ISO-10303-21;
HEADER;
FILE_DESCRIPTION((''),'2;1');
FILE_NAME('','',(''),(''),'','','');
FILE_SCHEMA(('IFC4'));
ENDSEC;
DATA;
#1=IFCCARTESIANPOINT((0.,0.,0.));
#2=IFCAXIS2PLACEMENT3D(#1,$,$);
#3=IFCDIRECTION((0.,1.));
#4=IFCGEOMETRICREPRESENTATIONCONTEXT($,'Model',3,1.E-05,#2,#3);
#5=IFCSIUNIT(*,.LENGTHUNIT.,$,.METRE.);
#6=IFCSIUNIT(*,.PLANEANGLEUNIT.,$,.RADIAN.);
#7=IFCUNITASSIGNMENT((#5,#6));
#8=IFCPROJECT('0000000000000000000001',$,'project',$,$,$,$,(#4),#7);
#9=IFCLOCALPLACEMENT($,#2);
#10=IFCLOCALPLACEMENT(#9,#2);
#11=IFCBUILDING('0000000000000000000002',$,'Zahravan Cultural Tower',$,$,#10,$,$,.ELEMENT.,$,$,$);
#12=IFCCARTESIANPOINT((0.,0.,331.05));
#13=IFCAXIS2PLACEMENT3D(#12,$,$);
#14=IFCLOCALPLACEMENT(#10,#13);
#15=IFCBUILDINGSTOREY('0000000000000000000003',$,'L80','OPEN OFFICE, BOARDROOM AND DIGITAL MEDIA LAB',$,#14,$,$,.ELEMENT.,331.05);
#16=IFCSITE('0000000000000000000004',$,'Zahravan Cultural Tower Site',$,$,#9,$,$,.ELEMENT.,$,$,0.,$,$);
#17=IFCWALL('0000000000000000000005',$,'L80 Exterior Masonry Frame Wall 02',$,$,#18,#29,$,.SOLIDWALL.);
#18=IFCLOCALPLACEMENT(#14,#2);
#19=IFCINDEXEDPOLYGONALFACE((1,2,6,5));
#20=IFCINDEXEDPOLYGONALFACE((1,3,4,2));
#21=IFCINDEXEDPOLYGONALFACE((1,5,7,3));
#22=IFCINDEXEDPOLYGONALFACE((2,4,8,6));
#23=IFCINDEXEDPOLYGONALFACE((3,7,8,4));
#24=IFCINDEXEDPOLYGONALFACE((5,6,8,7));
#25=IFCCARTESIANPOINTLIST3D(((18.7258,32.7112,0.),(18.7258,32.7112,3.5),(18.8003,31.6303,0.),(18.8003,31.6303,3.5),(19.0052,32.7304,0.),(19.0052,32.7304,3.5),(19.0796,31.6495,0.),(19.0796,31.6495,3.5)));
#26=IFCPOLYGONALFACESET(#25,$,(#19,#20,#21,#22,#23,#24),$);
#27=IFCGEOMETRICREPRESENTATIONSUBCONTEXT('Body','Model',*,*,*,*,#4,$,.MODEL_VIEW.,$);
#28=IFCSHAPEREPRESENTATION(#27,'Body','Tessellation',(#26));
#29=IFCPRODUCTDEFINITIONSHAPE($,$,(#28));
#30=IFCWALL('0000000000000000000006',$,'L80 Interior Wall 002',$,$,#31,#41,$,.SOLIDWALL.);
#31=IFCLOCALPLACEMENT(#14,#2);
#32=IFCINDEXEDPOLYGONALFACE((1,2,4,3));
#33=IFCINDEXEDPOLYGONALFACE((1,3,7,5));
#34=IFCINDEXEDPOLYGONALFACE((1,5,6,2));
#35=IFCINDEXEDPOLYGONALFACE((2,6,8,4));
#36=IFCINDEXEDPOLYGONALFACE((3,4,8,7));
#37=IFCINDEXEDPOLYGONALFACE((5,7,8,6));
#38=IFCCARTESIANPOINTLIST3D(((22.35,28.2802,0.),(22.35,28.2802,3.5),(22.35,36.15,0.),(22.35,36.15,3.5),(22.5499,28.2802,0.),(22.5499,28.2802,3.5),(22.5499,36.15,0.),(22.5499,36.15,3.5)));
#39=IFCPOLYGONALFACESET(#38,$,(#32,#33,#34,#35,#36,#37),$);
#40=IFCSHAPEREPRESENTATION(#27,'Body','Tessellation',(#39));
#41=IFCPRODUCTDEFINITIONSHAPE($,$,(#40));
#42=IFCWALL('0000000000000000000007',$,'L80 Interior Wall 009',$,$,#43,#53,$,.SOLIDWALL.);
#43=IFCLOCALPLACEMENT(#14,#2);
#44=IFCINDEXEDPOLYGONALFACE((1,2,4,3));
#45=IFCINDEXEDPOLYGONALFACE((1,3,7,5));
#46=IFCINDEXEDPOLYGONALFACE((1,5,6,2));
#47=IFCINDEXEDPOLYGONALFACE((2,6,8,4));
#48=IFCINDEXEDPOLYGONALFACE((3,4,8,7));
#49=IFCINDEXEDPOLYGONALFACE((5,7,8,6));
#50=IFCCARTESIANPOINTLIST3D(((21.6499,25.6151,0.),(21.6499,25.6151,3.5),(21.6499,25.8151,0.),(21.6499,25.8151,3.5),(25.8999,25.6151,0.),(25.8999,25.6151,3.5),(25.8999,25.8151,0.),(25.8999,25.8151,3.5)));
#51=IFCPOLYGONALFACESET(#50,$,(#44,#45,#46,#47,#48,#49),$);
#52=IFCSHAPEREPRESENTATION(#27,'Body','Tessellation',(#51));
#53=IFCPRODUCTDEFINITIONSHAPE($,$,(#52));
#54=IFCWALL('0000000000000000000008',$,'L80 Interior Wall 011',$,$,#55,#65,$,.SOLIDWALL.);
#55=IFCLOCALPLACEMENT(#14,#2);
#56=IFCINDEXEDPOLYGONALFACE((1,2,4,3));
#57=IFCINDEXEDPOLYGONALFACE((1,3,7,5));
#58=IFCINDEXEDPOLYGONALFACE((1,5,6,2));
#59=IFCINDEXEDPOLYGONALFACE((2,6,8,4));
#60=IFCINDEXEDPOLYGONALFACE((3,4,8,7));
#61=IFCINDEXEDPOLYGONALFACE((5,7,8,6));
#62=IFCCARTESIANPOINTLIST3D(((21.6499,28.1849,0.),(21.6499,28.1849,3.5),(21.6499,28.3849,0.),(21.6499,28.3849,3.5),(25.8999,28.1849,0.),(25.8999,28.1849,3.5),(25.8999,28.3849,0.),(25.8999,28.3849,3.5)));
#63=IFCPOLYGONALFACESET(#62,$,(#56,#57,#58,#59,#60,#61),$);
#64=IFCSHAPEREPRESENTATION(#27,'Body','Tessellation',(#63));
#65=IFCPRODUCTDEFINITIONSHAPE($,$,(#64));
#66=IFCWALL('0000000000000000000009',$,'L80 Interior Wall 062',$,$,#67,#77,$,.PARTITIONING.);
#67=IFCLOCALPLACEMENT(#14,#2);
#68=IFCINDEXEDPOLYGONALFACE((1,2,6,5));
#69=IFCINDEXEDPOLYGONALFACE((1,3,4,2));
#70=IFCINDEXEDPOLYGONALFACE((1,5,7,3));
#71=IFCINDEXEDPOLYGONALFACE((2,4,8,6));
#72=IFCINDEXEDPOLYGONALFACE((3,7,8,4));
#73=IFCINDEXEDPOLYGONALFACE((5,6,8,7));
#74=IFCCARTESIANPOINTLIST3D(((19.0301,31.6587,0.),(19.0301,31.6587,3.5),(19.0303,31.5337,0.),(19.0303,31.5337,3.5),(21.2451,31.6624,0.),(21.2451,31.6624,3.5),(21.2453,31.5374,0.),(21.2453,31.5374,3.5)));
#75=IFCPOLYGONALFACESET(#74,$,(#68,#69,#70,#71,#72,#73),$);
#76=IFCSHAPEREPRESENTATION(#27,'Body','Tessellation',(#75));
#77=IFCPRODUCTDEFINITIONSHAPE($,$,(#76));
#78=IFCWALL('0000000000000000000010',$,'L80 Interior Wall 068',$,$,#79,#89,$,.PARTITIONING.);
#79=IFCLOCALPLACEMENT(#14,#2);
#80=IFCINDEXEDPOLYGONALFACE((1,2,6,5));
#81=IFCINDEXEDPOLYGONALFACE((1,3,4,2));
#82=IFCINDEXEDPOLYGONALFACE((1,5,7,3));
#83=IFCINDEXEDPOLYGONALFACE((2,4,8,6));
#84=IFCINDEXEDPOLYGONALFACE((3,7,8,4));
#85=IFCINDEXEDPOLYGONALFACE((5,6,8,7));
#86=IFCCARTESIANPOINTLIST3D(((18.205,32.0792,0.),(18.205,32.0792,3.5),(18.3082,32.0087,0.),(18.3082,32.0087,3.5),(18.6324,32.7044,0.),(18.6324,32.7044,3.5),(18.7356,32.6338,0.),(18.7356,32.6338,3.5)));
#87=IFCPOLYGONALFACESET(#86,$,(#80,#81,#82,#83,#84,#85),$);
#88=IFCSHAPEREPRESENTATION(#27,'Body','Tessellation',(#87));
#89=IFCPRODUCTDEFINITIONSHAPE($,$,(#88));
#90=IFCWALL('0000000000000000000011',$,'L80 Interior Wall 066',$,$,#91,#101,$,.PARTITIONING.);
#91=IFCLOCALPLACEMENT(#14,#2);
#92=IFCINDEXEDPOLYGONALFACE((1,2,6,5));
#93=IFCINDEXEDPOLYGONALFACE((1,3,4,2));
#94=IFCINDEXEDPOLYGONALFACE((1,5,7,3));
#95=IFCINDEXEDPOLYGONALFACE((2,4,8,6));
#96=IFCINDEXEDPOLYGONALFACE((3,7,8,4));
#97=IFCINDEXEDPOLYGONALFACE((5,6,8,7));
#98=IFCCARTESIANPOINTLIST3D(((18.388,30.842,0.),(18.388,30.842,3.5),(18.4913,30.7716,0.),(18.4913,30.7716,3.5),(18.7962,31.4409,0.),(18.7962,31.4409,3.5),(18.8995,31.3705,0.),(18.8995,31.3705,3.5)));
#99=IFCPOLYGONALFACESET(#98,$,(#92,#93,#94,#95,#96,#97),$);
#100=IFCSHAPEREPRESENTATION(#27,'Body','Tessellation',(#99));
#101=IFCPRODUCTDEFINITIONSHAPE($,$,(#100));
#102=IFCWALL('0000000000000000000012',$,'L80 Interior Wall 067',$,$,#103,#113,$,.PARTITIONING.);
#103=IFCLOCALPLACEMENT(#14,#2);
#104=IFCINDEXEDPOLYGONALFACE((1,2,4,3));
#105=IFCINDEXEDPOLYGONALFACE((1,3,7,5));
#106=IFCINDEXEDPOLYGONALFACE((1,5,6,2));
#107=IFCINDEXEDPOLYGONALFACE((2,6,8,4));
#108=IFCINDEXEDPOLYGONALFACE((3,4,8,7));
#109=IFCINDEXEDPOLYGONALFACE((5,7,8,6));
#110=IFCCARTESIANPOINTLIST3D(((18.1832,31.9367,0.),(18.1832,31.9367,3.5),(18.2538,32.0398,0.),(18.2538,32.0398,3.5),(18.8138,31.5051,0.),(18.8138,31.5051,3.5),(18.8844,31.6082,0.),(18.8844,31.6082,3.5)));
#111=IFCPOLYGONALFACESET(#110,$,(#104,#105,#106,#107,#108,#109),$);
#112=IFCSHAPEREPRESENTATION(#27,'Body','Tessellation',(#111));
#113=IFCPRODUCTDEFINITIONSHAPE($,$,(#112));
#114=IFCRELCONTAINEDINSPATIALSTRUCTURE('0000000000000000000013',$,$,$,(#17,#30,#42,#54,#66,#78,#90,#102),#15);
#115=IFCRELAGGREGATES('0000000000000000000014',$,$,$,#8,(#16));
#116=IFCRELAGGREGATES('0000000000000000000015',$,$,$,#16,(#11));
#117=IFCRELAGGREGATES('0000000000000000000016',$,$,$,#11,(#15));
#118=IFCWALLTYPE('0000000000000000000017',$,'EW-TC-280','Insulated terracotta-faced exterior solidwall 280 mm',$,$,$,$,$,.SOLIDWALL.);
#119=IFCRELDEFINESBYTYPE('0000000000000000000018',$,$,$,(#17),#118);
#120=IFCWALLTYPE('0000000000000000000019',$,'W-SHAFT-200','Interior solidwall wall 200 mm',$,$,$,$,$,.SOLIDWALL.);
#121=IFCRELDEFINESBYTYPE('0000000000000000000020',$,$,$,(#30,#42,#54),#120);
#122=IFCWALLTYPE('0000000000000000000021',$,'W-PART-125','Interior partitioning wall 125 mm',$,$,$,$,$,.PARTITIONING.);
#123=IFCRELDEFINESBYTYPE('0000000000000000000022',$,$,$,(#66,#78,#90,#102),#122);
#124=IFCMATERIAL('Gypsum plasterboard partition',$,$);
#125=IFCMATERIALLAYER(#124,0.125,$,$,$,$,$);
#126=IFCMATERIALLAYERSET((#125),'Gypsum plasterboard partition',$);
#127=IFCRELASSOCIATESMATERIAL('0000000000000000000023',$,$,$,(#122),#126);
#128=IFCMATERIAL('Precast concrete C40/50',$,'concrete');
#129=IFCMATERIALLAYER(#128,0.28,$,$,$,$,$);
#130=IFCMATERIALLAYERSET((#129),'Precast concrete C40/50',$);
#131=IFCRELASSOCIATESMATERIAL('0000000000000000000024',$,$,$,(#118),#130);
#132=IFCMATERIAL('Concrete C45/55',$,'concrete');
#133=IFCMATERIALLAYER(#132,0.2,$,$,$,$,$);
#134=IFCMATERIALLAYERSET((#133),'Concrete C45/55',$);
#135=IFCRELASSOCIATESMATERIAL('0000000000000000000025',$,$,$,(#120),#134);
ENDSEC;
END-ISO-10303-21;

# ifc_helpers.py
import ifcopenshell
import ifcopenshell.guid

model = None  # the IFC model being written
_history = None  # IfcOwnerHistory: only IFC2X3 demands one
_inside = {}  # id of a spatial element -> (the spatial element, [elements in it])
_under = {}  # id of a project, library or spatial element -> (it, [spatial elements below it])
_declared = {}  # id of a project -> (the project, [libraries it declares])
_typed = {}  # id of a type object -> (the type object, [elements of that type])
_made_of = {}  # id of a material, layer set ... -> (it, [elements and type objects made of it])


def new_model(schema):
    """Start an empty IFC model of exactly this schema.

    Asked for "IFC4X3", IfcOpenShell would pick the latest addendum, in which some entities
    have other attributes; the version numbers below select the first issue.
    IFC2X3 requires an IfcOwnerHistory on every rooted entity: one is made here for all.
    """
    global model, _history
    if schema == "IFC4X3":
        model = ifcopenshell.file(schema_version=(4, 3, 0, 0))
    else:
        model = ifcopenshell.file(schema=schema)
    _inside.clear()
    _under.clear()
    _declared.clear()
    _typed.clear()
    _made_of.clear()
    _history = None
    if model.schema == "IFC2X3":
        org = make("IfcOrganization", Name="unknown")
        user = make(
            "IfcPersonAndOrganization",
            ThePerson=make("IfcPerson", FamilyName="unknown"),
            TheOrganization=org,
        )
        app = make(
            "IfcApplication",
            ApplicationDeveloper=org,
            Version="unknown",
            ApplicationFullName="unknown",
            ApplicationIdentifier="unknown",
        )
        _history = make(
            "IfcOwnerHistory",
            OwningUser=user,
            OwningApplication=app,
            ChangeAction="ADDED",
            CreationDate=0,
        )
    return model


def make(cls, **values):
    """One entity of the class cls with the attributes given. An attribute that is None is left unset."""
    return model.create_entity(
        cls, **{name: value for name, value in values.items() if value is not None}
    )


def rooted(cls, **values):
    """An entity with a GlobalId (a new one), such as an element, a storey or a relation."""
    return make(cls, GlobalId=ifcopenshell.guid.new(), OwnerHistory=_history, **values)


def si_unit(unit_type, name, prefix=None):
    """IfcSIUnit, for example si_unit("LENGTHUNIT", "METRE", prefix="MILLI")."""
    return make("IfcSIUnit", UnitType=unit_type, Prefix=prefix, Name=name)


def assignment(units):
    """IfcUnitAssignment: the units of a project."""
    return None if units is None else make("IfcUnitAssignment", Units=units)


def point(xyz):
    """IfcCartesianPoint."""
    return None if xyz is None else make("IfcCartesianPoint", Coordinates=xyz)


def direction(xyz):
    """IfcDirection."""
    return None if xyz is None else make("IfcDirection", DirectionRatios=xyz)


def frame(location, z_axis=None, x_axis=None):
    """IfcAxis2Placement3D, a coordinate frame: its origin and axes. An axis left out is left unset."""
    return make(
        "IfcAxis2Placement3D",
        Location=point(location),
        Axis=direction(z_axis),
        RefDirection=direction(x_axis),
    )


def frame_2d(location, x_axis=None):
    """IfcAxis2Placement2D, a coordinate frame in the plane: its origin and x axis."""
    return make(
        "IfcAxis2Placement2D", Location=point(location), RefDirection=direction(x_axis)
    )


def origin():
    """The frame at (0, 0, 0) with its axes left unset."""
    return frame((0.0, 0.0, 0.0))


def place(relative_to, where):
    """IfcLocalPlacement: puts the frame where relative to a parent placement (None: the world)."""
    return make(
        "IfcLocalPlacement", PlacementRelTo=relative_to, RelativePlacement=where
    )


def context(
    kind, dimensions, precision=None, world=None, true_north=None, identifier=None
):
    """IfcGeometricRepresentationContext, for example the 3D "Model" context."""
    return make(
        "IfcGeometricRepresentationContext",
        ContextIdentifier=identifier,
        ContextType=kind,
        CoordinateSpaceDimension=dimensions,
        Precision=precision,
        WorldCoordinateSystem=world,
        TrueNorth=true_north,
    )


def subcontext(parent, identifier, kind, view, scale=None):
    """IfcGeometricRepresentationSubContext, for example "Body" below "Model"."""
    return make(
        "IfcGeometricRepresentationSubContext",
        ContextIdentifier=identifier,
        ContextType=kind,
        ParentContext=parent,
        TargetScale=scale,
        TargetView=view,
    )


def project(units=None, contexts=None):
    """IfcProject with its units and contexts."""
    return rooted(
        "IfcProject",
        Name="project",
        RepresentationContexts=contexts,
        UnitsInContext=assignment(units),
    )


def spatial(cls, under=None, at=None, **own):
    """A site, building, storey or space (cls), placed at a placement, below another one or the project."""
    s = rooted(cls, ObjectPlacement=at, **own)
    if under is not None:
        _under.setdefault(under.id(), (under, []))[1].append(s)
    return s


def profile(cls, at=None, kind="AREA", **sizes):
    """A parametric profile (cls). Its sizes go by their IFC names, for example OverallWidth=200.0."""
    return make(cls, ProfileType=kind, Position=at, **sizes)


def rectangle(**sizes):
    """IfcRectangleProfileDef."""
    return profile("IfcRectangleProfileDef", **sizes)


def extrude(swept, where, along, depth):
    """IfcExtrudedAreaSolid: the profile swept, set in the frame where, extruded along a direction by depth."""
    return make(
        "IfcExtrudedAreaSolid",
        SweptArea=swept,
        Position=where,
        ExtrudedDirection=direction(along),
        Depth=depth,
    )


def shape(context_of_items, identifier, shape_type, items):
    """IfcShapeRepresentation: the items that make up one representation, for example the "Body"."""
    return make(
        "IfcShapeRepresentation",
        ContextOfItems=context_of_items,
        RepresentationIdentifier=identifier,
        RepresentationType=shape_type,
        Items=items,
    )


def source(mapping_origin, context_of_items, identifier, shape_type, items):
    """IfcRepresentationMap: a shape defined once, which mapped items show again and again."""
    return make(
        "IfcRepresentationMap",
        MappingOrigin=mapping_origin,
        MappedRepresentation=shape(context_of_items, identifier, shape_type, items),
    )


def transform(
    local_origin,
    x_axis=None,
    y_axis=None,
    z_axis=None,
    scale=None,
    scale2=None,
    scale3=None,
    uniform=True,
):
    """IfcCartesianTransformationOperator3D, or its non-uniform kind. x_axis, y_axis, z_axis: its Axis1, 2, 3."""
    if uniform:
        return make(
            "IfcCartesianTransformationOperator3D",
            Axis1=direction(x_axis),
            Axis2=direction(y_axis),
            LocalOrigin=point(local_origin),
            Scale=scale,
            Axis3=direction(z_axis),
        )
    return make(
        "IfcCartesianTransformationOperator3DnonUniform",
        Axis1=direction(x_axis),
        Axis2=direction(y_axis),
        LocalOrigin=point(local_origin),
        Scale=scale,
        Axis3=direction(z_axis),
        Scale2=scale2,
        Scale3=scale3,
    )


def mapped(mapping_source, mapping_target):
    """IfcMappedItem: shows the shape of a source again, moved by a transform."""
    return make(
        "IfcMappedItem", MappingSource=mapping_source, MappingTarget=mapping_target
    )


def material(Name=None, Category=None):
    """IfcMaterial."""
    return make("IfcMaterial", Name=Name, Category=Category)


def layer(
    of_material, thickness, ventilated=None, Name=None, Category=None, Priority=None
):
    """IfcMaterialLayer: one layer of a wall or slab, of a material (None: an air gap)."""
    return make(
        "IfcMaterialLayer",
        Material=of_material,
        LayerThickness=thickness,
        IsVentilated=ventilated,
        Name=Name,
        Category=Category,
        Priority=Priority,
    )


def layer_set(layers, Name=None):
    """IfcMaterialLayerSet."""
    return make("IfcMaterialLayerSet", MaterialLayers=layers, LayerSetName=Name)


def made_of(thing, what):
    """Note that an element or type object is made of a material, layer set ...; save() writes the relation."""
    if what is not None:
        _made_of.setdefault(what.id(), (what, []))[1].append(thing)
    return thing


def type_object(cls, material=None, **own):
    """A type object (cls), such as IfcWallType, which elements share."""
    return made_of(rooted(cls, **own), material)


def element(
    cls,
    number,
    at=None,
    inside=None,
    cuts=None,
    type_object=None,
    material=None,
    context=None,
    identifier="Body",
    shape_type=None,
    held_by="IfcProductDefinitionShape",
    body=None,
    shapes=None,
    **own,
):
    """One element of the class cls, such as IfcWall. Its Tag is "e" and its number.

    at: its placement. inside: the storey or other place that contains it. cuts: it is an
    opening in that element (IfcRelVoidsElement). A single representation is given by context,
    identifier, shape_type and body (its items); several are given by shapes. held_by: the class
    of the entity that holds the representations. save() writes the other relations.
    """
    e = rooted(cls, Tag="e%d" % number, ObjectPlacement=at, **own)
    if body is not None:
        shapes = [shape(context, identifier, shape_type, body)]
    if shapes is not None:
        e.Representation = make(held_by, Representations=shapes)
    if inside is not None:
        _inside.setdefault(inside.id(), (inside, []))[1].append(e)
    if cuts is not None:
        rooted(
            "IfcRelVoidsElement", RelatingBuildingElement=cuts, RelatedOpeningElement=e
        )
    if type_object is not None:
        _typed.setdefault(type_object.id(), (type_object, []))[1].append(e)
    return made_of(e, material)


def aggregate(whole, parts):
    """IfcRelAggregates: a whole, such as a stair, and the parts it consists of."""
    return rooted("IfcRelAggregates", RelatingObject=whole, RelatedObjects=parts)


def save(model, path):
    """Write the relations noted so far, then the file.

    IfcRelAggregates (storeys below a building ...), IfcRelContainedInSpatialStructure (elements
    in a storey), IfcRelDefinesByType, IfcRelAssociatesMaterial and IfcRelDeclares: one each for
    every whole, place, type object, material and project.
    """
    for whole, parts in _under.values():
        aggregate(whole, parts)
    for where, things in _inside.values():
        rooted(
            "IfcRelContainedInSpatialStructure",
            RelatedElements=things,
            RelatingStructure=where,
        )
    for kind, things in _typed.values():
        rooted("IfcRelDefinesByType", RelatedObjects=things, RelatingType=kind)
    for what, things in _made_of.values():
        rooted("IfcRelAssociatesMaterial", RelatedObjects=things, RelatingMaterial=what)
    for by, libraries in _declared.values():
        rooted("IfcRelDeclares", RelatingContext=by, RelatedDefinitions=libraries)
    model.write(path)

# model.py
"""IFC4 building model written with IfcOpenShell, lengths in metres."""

from ifc_helpers import new_model, si_unit, direction, frame, frame_2d, origin, place, context, subcontext, project, spatial, rectangle, extrude, source, transform, mapped, material, layer, layer_set, type_object, element, save


model = new_model("IFC4")

# Units and contexts
model_context = context("Model", 3, precision=1e-05, world=origin(), true_north=direction((0.0, 1.0)))
body_context = subcontext(model_context, "Body", "Model", "MODEL_VIEW")
ifc_project = project(units=[si_unit("LENGTHUNIT", "METRE"), si_unit("PLANEANGLEUNIT", "RADIAN")], contexts=[model_context])

# Site, building, storey
site_placement = place(None, origin())
site = spatial("IfcSite", under=ifc_project, at=site_placement, Name="Zahravan Cultural Tower Site", CompositionType="ELEMENT", RefElevation=0.0)
building_placement = place(site_placement, origin())
building = spatial("IfcBuilding", under=site, at=building_placement, Name="Zahravan Cultural Tower", CompositionType="ELEMENT")
storey_placement = place(building_placement, frame((0.0, 0.0, 331.05)))
storey = spatial("IfcBuildingStorey", under=building, at=storey_placement, Name="L80", Description="OPEN OFFICE, BOARDROOM AND DIGITAL MEDIA LAB", CompositionType="ELEMENT", Elevation=331.05)

# Shared definitions
ifc_material_1 = material(Name="Gypsum plasterboard partition")
ifc_layer_1 = layer(ifc_material_1, 0.125)
ifc_layer_set_1 = layer_set([ifc_layer_1], Name="Gypsum plasterboard partition")
wall_type_1 = type_object("IfcWallType", Name="W-PART-125", Description="Interior partitioning wall 125 mm", PredefinedType="PARTITIONING", material=ifc_layer_set_1)

# Walls
ifc_material_2 = material(Name="Precast concrete C40/50", Category="concrete")
ifc_layer_2 = layer(ifc_material_2, 0.28)
ifc_layer_set_2 = layer_set([ifc_layer_2], Name="Precast concrete C40/50")
wall_type_2 = type_object("IfcWallType", Name="EW-TC-280", Description="Insulated terracotta-faced exterior solidwall 280 mm", PredefinedType="SOLIDWALL", material=ifc_layer_set_2)
shared_shape_1 = source(origin(), body_context, "Body", "SweptSolid", [
    extrude(rectangle(XDim=1.0835, YDim=0.28, at=frame_2d((0.5417, 0.0))), origin(), (0.0, 0.0, 1.0), 3.5),
])
wall_1_placement = place(storey_placement, frame((18.9399, 31.6399, 0.0), z_axis=(0.0, 0.0, 1.0), x_axis=(-0.068717, 0.997636, 0.0)))
element("IfcWall", 1, at=wall_1_placement, inside=storey, type_object=wall_type_2, Name="L80 Exterior Masonry Frame Wall 02", PredefinedType="SOLIDWALL", context=body_context, shape_type="MappedRepresentation", body=[
    mapped(shared_shape_1, transform((0.0, 0.0, 0.0), x_axis=(1.0, 0.0, 0.0), y_axis=(0.0, 1.0, 0.0), z_axis=(0.0, 0.0, 1.0), scale=1.0)),
])
ifc_material_3 = material(Name="Concrete C45/55", Category="concrete")
ifc_layer_3 = layer(ifc_material_3, 0.2)
ifc_layer_set_3 = layer_set([ifc_layer_3], Name="Concrete C45/55")
wall_type_3 = type_object("IfcWallType", Name="W-SHAFT-200", Description="Interior solidwall wall 200 mm", PredefinedType="SOLIDWALL", material=ifc_layer_set_3)
shared_shape_2 = source(origin(), body_context, "Body", "SweptSolid", [
    extrude(rectangle(XDim=7.8699, YDim=0.2, at=frame_2d((3.9351, 0.0))), origin(), (0.0, 0.0, 1.0), 3.5),
])
wall_2_placement = place(storey_placement, frame((22.45, 28.28, 0.0), z_axis=(0.0, 0.0, 1.0), x_axis=(0.0, 1.0, 0.0)))
element("IfcWall", 2, at=wall_2_placement, inside=storey, type_object=wall_type_3, Name="L80 Interior Wall 002", PredefinedType="SOLIDWALL", context=body_context, shape_type="MappedRepresentation", body=[
    mapped(shared_shape_2, transform((0.0, 0.0, 0.0), x_axis=(1.0, 0.0, 0.0), y_axis=(0.0, 1.0, 0.0), z_axis=(0.0, 0.0, 1.0), scale=1.0)),
])
shared_shape_3 = source(origin(), body_context, "Body", "SweptSolid", [
    extrude(rectangle(XDim=4.25, YDim=0.2, at=frame_2d((2.125, 0.0))), origin(), (0.0, 0.0, 1.0), 3.5),
])
for number, where, z_axis, x_axis, name in (
    (3, (21.6499, 25.7151, 0.0), (0.0, 0.0, 1.0), (1.0, 0.0, 0.0), "L80 Interior Wall 009"),
    (4, (21.6499, 28.2849, 0.0), (0.0, 0.0, 1.0), (1.0, 0.0, 0.0), "L80 Interior Wall 011"),
):
    element("IfcWall", number, at=place(storey_placement, frame(where, z_axis=z_axis, x_axis=x_axis)), inside=storey, type_object=wall_type_3, Name=name, PredefinedType="SOLIDWALL", context=body_context, shape_type="MappedRepresentation", body=[
        mapped(shared_shape_3, transform((0.0, 0.0, 0.0), x_axis=(1.0, 0.0, 0.0), y_axis=(0.0, 1.0, 0.0), z_axis=(0.0, 0.0, 1.0), scale=1.0)),
    ])
shared_shape_4 = source(origin(), body_context, "Body", "SweptSolid", [
    extrude(rectangle(XDim=2.2151, YDim=0.125, at=frame_2d((1.1074, 0.0))), origin(), (0.0, 0.0, 1.0), 3.5),
])
wall_3_placement = place(storey_placement, frame((21.2451, 31.5999, 0.0), z_axis=(0.0, 0.0, 1.0), x_axis=(-0.999999, -0.001653, 0.0)))
element("IfcWall", 5, at=wall_3_placement, inside=storey, type_object=wall_type_1, Name="L80 Interior Wall 062", PredefinedType="PARTITIONING", context=body_context, shape_type="MappedRepresentation", body=[
    mapped(shared_shape_4, transform((0.0, 0.0, 0.0), x_axis=(1.0, 0.0, 0.0), y_axis=(0.0, 1.0, 0.0), z_axis=(0.0, 0.0, 1.0), scale=1.0)),
])
shared_shape_5 = source(origin(), body_context, "Body", "SweptSolid", [
    extrude(rectangle(XDim=0.7573, YDim=0.125, at=frame_2d((0.3787, 0.0))), origin(), (0.0, 0.0, 1.0), 3.5),
])
wall_4_placement = place(storey_placement, frame((18.2566, 32.0439, 0.0), z_axis=(0.0, 0.0, 1.0), x_axis=(0.564407, 0.825497, 0.0)))
element("IfcWall", 6, at=wall_4_placement, inside=storey, type_object=wall_type_1, Name="L80 Interior Wall 068", PredefinedType="PARTITIONING", context=body_context, shape_type="MappedRepresentation", body=[
    mapped(shared_shape_5, transform((0.0, 0.0, 0.0), x_axis=(1.0, 0.0, 0.0), y_axis=(0.0, 1.0, 0.0), z_axis=(0.0, 0.0, 1.0), scale=1.0)),
])
shared_shape_6 = source(origin(), body_context, "Body", "SweptSolid", [
    extrude(rectangle(XDim=0.7249, YDim=0.125, at=frame_2d((0.3623, 0.0))), origin(), (0.0, 0.0, 1.0), 3.5),
])
wall_5_placement = place(storey_placement, frame((18.4397, 30.8069, 0.0), z_axis=(0.0, 0.0, 1.0), x_axis=(0.563222, 0.826306, 0.0)))
element("IfcWall", 7, at=wall_5_placement, inside=storey, type_object=wall_type_1, Name="L80 Interior Wall 066", PredefinedType="PARTITIONING", context=body_context, shape_type="MappedRepresentation", body=[
    mapped(shared_shape_6, transform((0.0, 0.0, 0.0), x_axis=(1.0, 0.0, 0.0), y_axis=(0.0, 1.0, 0.0), z_axis=(0.0, 0.0, 1.0), scale=1.0)),
])
shared_shape_7 = source(origin(), body_context, "Body", "SweptSolid", [
    extrude(rectangle(XDim=0.7642, YDim=0.125, at=frame_2d((0.3821, 0.0))), origin(), (0.0, 0.0, 1.0), 3.5),
])
wall_6_placement = place(storey_placement, frame((18.8491, 31.5566, 0.0), z_axis=(0.0, 0.0, 1.0), x_axis=(-0.825205, 0.564833, 0.0)))
element("IfcWall", 8, at=wall_6_placement, inside=storey, type_object=wall_type_1, Name="L80 Interior Wall 067", PredefinedType="PARTITIONING", context=body_context, shape_type="MappedRepresentation", body=[
    mapped(shared_shape_7, transform((0.0, 0.0, 0.0), x_axis=(1.0, 0.0, 0.0), y_axis=(0.0, 1.0, 0.0), z_axis=(0.0, 0.0, 1.0), scale=1.0)),
])

save(model, "model.ifc")
